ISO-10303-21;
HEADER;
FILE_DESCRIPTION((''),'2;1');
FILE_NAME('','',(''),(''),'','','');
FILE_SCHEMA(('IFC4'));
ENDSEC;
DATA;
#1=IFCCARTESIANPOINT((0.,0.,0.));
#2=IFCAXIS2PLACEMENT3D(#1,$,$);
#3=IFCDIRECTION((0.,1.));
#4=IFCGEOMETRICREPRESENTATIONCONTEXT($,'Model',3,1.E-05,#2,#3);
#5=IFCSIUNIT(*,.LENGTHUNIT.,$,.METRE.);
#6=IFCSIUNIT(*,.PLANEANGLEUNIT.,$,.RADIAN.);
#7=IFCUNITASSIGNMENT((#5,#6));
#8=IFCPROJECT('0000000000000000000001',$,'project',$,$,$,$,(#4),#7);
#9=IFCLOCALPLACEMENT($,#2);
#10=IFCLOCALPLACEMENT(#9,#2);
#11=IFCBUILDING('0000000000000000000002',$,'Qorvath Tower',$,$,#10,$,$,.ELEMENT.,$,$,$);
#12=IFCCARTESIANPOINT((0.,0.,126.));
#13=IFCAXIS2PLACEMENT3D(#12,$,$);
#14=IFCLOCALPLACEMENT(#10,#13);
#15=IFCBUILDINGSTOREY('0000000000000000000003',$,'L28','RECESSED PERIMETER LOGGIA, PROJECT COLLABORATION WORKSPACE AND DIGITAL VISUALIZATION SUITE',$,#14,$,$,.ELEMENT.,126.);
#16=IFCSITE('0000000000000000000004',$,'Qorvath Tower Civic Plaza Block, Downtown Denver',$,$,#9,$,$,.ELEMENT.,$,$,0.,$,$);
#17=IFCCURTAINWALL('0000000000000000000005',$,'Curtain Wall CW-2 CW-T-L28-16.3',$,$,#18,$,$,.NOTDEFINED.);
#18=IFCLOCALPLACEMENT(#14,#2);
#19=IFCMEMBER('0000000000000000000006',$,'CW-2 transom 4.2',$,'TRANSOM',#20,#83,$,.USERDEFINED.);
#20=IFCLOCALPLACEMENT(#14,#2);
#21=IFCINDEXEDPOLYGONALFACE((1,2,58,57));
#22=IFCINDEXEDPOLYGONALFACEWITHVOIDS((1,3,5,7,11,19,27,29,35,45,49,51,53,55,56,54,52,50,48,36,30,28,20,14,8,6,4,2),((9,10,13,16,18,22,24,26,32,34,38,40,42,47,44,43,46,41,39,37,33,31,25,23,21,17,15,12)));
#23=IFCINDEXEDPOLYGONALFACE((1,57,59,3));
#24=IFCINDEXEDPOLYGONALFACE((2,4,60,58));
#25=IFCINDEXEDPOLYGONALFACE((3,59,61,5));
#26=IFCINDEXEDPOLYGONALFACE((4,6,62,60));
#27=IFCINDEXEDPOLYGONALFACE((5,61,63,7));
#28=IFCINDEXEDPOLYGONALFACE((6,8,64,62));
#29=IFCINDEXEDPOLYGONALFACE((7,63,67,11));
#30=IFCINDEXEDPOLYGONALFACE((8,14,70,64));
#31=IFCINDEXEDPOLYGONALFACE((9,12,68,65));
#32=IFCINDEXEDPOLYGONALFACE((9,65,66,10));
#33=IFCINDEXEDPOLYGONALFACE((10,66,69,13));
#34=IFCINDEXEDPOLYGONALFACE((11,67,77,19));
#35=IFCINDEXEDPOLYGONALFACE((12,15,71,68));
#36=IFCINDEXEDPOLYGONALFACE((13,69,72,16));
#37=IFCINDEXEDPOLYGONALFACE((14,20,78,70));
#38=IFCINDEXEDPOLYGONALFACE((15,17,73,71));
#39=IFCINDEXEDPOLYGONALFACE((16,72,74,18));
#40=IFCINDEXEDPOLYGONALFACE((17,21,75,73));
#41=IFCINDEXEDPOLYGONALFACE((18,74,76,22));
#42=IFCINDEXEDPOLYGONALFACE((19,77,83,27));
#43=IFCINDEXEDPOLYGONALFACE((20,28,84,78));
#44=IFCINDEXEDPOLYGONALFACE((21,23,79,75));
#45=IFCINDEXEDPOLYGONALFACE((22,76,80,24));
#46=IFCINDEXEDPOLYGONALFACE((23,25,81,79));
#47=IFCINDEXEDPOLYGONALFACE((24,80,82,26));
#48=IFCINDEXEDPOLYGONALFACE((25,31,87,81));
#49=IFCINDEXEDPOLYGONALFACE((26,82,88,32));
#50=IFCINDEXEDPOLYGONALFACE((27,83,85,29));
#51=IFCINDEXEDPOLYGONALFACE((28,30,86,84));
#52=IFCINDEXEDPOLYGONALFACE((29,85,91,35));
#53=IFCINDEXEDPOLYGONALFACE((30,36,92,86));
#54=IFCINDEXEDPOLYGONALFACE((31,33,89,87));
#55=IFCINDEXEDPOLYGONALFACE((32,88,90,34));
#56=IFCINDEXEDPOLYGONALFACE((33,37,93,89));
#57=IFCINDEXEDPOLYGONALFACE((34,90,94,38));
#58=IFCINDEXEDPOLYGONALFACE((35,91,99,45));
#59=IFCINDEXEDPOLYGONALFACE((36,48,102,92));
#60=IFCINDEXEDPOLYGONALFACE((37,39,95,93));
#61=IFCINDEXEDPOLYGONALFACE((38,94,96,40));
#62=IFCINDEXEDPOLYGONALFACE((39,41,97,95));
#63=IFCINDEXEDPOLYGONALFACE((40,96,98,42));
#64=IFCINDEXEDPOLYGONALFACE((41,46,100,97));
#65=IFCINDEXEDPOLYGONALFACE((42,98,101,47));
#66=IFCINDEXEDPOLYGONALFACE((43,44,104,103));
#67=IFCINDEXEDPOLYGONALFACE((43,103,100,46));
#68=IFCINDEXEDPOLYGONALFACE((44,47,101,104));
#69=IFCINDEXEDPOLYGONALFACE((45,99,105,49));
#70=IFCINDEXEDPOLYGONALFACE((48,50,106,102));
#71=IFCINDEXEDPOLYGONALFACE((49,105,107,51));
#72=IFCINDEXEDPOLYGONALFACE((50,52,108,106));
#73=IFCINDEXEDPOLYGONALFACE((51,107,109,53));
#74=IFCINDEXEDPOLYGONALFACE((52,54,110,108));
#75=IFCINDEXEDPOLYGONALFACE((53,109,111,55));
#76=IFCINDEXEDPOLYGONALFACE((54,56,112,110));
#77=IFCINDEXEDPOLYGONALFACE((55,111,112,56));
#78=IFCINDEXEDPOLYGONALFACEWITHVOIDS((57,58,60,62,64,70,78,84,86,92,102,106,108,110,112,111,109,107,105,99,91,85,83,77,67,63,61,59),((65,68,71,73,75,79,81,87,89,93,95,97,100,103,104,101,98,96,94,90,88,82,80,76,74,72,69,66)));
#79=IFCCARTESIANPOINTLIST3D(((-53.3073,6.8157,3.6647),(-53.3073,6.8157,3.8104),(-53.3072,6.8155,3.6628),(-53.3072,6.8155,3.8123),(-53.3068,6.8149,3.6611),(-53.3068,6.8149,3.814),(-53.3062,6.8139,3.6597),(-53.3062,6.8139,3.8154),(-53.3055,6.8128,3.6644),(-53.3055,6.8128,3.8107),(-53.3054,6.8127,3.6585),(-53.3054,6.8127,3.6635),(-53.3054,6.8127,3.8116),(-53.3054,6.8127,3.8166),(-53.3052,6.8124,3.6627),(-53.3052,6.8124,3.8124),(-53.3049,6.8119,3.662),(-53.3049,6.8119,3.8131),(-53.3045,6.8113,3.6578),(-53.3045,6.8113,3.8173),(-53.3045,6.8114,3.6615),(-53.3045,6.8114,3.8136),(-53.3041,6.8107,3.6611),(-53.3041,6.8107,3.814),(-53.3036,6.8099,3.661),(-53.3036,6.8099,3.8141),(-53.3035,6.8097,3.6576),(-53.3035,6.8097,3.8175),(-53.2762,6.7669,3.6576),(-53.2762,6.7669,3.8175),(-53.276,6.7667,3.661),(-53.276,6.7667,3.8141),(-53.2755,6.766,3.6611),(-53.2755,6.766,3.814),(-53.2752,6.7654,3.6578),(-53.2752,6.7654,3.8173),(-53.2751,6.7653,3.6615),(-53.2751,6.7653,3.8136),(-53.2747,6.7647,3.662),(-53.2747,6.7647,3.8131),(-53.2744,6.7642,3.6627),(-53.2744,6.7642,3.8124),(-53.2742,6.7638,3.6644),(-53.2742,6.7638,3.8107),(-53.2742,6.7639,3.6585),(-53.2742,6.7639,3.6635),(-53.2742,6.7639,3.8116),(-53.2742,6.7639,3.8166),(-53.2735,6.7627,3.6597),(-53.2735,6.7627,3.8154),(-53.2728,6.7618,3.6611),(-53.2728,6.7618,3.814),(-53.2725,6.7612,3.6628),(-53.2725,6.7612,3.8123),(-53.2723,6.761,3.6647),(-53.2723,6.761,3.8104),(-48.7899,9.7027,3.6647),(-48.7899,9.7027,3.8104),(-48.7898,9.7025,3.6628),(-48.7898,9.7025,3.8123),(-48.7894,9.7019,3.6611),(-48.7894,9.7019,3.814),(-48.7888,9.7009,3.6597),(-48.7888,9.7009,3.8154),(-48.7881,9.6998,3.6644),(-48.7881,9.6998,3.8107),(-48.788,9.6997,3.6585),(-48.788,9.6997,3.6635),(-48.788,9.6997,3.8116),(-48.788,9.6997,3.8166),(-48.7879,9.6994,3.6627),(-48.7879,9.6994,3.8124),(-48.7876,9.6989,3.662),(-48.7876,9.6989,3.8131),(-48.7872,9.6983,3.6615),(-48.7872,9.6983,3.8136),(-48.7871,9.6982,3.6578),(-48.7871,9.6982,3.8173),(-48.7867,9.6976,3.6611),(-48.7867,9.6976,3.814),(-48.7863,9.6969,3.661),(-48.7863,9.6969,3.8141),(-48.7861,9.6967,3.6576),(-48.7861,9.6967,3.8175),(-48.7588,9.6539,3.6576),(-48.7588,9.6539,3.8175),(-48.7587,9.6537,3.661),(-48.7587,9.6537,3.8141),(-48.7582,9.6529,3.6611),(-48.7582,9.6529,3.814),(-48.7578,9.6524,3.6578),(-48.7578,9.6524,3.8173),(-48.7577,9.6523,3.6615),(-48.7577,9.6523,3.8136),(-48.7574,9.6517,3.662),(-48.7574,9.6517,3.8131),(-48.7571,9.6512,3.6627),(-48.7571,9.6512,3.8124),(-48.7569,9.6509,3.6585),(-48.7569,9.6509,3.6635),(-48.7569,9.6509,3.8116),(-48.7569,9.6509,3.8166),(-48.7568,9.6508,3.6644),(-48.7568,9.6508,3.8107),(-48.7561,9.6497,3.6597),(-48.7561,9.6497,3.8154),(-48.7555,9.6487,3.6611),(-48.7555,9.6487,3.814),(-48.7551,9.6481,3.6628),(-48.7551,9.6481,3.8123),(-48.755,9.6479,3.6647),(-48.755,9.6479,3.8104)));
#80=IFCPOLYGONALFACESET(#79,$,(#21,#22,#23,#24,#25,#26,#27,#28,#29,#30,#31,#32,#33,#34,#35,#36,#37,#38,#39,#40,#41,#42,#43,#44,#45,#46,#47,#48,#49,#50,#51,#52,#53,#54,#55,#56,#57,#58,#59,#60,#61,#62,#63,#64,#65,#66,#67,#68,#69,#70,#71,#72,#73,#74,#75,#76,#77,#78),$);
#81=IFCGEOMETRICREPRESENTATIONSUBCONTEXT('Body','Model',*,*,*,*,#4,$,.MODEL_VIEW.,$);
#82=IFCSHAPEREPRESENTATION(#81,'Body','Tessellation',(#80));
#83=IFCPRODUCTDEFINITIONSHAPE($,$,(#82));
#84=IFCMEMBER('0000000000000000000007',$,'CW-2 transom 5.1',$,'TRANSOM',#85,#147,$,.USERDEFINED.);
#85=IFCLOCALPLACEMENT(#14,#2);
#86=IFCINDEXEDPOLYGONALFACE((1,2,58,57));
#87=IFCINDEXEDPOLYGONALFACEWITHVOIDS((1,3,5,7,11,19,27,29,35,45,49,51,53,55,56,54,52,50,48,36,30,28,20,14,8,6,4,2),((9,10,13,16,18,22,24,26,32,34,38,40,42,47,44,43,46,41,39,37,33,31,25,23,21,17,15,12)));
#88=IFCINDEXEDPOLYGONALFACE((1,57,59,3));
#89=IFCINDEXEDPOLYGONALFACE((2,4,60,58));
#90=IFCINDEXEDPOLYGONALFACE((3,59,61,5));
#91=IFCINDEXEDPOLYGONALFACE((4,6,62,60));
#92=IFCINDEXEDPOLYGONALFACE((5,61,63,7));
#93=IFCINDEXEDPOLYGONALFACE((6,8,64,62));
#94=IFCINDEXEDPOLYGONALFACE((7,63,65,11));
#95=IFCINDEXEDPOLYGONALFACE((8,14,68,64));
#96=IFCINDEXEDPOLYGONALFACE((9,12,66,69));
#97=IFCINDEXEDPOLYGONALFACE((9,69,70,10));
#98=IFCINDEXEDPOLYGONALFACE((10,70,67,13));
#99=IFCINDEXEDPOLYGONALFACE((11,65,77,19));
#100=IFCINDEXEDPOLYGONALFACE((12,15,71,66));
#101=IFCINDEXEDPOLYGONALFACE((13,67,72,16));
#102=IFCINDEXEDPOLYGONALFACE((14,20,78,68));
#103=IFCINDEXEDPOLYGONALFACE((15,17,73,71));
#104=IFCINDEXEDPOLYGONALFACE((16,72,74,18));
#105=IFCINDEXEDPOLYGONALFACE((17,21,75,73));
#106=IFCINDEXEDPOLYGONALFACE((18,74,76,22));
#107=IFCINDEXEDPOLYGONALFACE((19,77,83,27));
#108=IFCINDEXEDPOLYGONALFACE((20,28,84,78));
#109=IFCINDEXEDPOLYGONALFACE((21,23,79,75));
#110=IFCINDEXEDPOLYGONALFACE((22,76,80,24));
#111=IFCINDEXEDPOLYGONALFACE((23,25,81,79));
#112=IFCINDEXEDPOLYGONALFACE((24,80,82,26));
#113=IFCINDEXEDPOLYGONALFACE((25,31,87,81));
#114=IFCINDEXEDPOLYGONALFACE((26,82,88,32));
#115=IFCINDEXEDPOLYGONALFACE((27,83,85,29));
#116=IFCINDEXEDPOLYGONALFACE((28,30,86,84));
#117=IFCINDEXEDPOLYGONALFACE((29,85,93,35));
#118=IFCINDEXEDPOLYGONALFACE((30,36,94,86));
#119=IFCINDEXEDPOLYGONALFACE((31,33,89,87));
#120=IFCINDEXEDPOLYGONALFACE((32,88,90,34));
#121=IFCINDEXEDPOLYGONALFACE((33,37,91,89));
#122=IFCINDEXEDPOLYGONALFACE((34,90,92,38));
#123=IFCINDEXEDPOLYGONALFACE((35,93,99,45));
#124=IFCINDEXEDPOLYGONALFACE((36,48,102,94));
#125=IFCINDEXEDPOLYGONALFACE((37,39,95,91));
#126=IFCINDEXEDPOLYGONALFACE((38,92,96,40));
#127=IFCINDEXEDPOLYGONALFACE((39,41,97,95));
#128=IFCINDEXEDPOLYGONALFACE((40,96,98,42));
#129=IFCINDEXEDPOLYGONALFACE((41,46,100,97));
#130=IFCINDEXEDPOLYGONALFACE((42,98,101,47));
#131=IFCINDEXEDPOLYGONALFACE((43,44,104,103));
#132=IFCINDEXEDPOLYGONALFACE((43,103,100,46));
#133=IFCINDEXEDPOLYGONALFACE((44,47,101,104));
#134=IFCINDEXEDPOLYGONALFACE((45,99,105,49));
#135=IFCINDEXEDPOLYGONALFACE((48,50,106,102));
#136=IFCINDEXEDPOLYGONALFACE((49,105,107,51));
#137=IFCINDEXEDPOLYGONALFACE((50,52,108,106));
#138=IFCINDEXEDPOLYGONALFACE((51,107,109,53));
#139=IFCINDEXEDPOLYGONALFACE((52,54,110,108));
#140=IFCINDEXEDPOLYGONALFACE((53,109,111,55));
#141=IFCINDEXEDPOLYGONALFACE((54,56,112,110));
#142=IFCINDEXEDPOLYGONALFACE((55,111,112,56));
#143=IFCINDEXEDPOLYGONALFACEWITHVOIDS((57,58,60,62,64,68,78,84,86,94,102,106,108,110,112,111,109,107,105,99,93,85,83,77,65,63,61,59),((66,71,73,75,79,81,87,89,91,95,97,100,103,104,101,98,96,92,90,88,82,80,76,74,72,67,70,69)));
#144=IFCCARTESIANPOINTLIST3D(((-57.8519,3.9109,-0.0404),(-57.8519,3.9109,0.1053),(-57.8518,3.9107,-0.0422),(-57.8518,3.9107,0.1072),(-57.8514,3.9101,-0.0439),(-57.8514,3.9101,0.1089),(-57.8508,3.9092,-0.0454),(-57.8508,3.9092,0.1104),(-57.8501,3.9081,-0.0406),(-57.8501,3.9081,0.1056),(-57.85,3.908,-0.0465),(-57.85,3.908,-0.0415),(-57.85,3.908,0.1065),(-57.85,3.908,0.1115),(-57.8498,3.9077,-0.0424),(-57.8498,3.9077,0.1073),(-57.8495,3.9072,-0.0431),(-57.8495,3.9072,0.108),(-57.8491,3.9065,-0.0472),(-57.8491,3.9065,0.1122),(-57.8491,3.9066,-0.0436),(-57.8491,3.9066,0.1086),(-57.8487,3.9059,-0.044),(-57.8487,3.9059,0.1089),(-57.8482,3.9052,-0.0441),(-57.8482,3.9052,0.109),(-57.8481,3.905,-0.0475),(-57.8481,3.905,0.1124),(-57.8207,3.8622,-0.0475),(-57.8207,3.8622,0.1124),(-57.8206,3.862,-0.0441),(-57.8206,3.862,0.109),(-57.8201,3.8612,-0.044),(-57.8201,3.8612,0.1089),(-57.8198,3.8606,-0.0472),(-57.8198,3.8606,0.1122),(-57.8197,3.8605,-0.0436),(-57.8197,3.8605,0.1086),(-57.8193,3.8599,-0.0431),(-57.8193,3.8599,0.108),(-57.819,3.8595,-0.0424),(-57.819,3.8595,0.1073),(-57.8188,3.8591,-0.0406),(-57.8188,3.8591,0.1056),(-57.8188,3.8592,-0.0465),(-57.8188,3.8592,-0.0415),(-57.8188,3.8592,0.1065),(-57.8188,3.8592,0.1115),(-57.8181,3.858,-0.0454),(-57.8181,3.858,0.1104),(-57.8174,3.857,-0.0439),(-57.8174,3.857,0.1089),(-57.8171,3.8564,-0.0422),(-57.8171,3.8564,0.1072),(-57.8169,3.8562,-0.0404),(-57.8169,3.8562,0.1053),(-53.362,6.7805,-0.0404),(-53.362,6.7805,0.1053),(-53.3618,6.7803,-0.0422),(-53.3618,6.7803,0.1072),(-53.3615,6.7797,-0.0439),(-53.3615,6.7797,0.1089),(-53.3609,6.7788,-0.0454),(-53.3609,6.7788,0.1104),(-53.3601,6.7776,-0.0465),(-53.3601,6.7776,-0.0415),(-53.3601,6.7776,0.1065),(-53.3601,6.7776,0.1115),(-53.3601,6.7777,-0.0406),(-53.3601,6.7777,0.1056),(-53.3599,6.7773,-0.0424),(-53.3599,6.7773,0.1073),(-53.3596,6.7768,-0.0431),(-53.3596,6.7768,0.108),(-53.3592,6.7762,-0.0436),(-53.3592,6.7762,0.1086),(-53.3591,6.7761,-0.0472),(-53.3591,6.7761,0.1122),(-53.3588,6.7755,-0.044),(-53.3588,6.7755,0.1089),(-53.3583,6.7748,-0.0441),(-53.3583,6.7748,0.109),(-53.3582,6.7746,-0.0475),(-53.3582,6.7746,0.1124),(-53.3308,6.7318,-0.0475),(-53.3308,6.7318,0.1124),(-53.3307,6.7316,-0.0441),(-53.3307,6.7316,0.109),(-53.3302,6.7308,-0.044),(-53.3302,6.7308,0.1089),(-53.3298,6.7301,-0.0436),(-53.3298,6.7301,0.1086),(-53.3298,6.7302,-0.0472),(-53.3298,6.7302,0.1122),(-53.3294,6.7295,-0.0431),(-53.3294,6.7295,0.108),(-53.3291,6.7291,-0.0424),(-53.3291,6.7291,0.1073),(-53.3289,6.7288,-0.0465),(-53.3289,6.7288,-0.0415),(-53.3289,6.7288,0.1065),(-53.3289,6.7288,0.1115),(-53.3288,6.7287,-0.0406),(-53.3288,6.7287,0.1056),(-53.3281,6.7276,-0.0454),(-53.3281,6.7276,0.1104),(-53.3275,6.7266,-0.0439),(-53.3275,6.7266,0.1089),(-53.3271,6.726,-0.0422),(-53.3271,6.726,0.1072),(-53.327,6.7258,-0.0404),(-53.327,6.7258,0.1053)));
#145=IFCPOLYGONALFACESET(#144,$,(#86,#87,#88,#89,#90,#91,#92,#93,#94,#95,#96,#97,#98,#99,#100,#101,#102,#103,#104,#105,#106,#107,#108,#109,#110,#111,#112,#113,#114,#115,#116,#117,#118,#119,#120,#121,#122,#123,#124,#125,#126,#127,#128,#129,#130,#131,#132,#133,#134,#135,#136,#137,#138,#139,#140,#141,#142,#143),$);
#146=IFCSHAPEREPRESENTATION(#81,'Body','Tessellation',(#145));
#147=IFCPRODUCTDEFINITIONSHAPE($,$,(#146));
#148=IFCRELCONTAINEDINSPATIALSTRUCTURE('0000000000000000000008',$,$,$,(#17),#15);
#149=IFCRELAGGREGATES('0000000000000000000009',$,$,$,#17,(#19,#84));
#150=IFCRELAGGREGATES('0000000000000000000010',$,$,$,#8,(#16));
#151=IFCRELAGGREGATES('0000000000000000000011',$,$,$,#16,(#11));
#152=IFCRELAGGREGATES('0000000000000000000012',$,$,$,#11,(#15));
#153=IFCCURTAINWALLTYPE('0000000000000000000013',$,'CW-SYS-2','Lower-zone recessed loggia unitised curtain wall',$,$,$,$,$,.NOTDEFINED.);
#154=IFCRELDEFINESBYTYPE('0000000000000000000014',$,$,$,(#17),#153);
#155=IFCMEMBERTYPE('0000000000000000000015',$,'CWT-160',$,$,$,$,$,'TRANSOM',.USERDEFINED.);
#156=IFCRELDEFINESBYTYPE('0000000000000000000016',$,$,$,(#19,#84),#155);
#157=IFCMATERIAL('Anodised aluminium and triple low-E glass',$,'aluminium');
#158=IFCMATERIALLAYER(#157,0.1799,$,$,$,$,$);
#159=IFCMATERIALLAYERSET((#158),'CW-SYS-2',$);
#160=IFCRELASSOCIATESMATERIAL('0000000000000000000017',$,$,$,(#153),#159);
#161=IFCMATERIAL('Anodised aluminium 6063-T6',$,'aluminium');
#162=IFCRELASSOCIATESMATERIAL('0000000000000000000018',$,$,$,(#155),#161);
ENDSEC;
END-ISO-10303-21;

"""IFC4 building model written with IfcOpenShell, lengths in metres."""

from ifc_helpers import new_model, si_unit, direction, frame, origin, origin_2d, place, context, subcontext, project, spatial, hollow_rectangle, extrude, material, layer, layer_set, material_profile, profile_set, type_object, element, aggregate, save


model = new_model("IFC4")

# Units and contexts
model_context = context("Model", 3, precision=1e-05, world=origin(), true_north=direction((0.0, 1.0)))
body_context = subcontext(model_context, "Body", "Model", "MODEL_VIEW")
ifc_project = project(units=[si_unit("LENGTHUNIT", "METRE"), si_unit("PLANEANGLEUNIT", "RADIAN")], contexts=[model_context])

# Site, building, storey
site_placement = place(None, origin())
site = spatial("IfcSite", under=ifc_project, at=site_placement, Name="Qorvath Tower Civic Plaza Block, Downtown Denver", CompositionType="ELEMENT", RefElevation=0.0)
building_placement = place(site_placement, origin())
building = spatial("IfcBuilding", under=site, at=building_placement, Name="Qorvath Tower", CompositionType="ELEMENT")
storey_placement = place(building_placement, frame((0.0, 0.0, 126.0)))
storey = spatial("IfcBuildingStorey", under=building, at=storey_placement, Name="L28", Description="RECESSED PERIMETER LOGGIA, PROJECT COLLABORATION WORKSPACE AND DIGITAL VISUALIZATION SUITE", CompositionType="ELEMENT", Elevation=126.0)

# Curtain wall, members
ifc_material_1 = material(Name="Anodised aluminium and triple low-E glass", Category="aluminium")
ifc_layer_1 = layer(ifc_material_1, 0.1799)
ifc_layer_set_1 = layer_set([ifc_layer_1], Name="CW-SYS-2")
curtain_wall_type = type_object("IfcCurtainWallType", Name="CW-SYS-2", Description="Lower-zone recessed loggia unitised curtain wall", PredefinedType="NOTDEFINED", material=ifc_layer_set_1)
curtain_wall_placement = place(storey_placement, origin())
curtain_wall = element("IfcCurtainWall", 1, at=curtain_wall_placement, inside=storey, type_object=curtain_wall_type, Name="Curtain Wall CW-2 CW-T-L28-16.3", PredefinedType="NOTDEFINED")
ifc_material_2 = material(Name="Anodised aluminium 6063-T6", Category="aluminium")
ifc_material_profile_1 = material_profile(ifc_material_2, hollow_rectangle(XDim=0.0649, YDim=0.1599, WallThickness=0.0034, InnerFilletRadius=0.0034, OuterFilletRadius=0.0071, at=origin_2d()), Name="CWT 160x65")
ifc_profile_set_1 = profile_set([ifc_material_profile_1], Name="Anodised aluminium 6063-T6")
member_type_1 = type_object("IfcMemberType", Name="CWT-160", ElementType="TRANSOM", PredefinedType="USERDEFINED", material=ifc_profile_set_1)
member_1_placement = place(storey_placement, frame((-48.7725, 9.6753, 3.7375), z_axis=(-0.842621, -0.538507, 0.0), x_axis=(0.538507, -0.842621, 0.0)))
member_1 = element("IfcMember", 2, at=member_1_placement, type_object=member_type_1, Name="CW-2 transom 4.2", ObjectType="TRANSOM", PredefinedType="USERDEFINED", context=body_context, shape_type="SweptSolid", body=[
    extrude(hollow_rectangle(XDim=0.0649, YDim=0.1599, WallThickness=0.0034, InnerFilletRadius=0.0034, OuterFilletRadius=0.0071, at=origin_2d()), origin(), (0.0, 0.0, 1.0), 5.3611),
])
member_2_placement = place(storey_placement, frame((-53.3445, 6.7532, 0.0325), z_axis=(-0.842609, -0.538526, 0.0), x_axis=(0.538526, -0.842609, 0.0)))
member_2 = element("IfcMember", 3, at=member_2_placement, type_object=member_type_1, Name="CW-2 transom 5.1", ObjectType="TRANSOM", PredefinedType="USERDEFINED", context=body_context, shape_type="SweptSolid", body=[
    extrude(hollow_rectangle(XDim=0.0649, YDim=0.1599, WallThickness=0.0034, InnerFilletRadius=0.0034, OuterFilletRadius=0.0071, at=origin_2d()), origin(), (0.0, 0.0, 1.0), 5.3286),
])

aggregate(curtain_wall, [member_1, member_2])

save(model, "model.ifc")
